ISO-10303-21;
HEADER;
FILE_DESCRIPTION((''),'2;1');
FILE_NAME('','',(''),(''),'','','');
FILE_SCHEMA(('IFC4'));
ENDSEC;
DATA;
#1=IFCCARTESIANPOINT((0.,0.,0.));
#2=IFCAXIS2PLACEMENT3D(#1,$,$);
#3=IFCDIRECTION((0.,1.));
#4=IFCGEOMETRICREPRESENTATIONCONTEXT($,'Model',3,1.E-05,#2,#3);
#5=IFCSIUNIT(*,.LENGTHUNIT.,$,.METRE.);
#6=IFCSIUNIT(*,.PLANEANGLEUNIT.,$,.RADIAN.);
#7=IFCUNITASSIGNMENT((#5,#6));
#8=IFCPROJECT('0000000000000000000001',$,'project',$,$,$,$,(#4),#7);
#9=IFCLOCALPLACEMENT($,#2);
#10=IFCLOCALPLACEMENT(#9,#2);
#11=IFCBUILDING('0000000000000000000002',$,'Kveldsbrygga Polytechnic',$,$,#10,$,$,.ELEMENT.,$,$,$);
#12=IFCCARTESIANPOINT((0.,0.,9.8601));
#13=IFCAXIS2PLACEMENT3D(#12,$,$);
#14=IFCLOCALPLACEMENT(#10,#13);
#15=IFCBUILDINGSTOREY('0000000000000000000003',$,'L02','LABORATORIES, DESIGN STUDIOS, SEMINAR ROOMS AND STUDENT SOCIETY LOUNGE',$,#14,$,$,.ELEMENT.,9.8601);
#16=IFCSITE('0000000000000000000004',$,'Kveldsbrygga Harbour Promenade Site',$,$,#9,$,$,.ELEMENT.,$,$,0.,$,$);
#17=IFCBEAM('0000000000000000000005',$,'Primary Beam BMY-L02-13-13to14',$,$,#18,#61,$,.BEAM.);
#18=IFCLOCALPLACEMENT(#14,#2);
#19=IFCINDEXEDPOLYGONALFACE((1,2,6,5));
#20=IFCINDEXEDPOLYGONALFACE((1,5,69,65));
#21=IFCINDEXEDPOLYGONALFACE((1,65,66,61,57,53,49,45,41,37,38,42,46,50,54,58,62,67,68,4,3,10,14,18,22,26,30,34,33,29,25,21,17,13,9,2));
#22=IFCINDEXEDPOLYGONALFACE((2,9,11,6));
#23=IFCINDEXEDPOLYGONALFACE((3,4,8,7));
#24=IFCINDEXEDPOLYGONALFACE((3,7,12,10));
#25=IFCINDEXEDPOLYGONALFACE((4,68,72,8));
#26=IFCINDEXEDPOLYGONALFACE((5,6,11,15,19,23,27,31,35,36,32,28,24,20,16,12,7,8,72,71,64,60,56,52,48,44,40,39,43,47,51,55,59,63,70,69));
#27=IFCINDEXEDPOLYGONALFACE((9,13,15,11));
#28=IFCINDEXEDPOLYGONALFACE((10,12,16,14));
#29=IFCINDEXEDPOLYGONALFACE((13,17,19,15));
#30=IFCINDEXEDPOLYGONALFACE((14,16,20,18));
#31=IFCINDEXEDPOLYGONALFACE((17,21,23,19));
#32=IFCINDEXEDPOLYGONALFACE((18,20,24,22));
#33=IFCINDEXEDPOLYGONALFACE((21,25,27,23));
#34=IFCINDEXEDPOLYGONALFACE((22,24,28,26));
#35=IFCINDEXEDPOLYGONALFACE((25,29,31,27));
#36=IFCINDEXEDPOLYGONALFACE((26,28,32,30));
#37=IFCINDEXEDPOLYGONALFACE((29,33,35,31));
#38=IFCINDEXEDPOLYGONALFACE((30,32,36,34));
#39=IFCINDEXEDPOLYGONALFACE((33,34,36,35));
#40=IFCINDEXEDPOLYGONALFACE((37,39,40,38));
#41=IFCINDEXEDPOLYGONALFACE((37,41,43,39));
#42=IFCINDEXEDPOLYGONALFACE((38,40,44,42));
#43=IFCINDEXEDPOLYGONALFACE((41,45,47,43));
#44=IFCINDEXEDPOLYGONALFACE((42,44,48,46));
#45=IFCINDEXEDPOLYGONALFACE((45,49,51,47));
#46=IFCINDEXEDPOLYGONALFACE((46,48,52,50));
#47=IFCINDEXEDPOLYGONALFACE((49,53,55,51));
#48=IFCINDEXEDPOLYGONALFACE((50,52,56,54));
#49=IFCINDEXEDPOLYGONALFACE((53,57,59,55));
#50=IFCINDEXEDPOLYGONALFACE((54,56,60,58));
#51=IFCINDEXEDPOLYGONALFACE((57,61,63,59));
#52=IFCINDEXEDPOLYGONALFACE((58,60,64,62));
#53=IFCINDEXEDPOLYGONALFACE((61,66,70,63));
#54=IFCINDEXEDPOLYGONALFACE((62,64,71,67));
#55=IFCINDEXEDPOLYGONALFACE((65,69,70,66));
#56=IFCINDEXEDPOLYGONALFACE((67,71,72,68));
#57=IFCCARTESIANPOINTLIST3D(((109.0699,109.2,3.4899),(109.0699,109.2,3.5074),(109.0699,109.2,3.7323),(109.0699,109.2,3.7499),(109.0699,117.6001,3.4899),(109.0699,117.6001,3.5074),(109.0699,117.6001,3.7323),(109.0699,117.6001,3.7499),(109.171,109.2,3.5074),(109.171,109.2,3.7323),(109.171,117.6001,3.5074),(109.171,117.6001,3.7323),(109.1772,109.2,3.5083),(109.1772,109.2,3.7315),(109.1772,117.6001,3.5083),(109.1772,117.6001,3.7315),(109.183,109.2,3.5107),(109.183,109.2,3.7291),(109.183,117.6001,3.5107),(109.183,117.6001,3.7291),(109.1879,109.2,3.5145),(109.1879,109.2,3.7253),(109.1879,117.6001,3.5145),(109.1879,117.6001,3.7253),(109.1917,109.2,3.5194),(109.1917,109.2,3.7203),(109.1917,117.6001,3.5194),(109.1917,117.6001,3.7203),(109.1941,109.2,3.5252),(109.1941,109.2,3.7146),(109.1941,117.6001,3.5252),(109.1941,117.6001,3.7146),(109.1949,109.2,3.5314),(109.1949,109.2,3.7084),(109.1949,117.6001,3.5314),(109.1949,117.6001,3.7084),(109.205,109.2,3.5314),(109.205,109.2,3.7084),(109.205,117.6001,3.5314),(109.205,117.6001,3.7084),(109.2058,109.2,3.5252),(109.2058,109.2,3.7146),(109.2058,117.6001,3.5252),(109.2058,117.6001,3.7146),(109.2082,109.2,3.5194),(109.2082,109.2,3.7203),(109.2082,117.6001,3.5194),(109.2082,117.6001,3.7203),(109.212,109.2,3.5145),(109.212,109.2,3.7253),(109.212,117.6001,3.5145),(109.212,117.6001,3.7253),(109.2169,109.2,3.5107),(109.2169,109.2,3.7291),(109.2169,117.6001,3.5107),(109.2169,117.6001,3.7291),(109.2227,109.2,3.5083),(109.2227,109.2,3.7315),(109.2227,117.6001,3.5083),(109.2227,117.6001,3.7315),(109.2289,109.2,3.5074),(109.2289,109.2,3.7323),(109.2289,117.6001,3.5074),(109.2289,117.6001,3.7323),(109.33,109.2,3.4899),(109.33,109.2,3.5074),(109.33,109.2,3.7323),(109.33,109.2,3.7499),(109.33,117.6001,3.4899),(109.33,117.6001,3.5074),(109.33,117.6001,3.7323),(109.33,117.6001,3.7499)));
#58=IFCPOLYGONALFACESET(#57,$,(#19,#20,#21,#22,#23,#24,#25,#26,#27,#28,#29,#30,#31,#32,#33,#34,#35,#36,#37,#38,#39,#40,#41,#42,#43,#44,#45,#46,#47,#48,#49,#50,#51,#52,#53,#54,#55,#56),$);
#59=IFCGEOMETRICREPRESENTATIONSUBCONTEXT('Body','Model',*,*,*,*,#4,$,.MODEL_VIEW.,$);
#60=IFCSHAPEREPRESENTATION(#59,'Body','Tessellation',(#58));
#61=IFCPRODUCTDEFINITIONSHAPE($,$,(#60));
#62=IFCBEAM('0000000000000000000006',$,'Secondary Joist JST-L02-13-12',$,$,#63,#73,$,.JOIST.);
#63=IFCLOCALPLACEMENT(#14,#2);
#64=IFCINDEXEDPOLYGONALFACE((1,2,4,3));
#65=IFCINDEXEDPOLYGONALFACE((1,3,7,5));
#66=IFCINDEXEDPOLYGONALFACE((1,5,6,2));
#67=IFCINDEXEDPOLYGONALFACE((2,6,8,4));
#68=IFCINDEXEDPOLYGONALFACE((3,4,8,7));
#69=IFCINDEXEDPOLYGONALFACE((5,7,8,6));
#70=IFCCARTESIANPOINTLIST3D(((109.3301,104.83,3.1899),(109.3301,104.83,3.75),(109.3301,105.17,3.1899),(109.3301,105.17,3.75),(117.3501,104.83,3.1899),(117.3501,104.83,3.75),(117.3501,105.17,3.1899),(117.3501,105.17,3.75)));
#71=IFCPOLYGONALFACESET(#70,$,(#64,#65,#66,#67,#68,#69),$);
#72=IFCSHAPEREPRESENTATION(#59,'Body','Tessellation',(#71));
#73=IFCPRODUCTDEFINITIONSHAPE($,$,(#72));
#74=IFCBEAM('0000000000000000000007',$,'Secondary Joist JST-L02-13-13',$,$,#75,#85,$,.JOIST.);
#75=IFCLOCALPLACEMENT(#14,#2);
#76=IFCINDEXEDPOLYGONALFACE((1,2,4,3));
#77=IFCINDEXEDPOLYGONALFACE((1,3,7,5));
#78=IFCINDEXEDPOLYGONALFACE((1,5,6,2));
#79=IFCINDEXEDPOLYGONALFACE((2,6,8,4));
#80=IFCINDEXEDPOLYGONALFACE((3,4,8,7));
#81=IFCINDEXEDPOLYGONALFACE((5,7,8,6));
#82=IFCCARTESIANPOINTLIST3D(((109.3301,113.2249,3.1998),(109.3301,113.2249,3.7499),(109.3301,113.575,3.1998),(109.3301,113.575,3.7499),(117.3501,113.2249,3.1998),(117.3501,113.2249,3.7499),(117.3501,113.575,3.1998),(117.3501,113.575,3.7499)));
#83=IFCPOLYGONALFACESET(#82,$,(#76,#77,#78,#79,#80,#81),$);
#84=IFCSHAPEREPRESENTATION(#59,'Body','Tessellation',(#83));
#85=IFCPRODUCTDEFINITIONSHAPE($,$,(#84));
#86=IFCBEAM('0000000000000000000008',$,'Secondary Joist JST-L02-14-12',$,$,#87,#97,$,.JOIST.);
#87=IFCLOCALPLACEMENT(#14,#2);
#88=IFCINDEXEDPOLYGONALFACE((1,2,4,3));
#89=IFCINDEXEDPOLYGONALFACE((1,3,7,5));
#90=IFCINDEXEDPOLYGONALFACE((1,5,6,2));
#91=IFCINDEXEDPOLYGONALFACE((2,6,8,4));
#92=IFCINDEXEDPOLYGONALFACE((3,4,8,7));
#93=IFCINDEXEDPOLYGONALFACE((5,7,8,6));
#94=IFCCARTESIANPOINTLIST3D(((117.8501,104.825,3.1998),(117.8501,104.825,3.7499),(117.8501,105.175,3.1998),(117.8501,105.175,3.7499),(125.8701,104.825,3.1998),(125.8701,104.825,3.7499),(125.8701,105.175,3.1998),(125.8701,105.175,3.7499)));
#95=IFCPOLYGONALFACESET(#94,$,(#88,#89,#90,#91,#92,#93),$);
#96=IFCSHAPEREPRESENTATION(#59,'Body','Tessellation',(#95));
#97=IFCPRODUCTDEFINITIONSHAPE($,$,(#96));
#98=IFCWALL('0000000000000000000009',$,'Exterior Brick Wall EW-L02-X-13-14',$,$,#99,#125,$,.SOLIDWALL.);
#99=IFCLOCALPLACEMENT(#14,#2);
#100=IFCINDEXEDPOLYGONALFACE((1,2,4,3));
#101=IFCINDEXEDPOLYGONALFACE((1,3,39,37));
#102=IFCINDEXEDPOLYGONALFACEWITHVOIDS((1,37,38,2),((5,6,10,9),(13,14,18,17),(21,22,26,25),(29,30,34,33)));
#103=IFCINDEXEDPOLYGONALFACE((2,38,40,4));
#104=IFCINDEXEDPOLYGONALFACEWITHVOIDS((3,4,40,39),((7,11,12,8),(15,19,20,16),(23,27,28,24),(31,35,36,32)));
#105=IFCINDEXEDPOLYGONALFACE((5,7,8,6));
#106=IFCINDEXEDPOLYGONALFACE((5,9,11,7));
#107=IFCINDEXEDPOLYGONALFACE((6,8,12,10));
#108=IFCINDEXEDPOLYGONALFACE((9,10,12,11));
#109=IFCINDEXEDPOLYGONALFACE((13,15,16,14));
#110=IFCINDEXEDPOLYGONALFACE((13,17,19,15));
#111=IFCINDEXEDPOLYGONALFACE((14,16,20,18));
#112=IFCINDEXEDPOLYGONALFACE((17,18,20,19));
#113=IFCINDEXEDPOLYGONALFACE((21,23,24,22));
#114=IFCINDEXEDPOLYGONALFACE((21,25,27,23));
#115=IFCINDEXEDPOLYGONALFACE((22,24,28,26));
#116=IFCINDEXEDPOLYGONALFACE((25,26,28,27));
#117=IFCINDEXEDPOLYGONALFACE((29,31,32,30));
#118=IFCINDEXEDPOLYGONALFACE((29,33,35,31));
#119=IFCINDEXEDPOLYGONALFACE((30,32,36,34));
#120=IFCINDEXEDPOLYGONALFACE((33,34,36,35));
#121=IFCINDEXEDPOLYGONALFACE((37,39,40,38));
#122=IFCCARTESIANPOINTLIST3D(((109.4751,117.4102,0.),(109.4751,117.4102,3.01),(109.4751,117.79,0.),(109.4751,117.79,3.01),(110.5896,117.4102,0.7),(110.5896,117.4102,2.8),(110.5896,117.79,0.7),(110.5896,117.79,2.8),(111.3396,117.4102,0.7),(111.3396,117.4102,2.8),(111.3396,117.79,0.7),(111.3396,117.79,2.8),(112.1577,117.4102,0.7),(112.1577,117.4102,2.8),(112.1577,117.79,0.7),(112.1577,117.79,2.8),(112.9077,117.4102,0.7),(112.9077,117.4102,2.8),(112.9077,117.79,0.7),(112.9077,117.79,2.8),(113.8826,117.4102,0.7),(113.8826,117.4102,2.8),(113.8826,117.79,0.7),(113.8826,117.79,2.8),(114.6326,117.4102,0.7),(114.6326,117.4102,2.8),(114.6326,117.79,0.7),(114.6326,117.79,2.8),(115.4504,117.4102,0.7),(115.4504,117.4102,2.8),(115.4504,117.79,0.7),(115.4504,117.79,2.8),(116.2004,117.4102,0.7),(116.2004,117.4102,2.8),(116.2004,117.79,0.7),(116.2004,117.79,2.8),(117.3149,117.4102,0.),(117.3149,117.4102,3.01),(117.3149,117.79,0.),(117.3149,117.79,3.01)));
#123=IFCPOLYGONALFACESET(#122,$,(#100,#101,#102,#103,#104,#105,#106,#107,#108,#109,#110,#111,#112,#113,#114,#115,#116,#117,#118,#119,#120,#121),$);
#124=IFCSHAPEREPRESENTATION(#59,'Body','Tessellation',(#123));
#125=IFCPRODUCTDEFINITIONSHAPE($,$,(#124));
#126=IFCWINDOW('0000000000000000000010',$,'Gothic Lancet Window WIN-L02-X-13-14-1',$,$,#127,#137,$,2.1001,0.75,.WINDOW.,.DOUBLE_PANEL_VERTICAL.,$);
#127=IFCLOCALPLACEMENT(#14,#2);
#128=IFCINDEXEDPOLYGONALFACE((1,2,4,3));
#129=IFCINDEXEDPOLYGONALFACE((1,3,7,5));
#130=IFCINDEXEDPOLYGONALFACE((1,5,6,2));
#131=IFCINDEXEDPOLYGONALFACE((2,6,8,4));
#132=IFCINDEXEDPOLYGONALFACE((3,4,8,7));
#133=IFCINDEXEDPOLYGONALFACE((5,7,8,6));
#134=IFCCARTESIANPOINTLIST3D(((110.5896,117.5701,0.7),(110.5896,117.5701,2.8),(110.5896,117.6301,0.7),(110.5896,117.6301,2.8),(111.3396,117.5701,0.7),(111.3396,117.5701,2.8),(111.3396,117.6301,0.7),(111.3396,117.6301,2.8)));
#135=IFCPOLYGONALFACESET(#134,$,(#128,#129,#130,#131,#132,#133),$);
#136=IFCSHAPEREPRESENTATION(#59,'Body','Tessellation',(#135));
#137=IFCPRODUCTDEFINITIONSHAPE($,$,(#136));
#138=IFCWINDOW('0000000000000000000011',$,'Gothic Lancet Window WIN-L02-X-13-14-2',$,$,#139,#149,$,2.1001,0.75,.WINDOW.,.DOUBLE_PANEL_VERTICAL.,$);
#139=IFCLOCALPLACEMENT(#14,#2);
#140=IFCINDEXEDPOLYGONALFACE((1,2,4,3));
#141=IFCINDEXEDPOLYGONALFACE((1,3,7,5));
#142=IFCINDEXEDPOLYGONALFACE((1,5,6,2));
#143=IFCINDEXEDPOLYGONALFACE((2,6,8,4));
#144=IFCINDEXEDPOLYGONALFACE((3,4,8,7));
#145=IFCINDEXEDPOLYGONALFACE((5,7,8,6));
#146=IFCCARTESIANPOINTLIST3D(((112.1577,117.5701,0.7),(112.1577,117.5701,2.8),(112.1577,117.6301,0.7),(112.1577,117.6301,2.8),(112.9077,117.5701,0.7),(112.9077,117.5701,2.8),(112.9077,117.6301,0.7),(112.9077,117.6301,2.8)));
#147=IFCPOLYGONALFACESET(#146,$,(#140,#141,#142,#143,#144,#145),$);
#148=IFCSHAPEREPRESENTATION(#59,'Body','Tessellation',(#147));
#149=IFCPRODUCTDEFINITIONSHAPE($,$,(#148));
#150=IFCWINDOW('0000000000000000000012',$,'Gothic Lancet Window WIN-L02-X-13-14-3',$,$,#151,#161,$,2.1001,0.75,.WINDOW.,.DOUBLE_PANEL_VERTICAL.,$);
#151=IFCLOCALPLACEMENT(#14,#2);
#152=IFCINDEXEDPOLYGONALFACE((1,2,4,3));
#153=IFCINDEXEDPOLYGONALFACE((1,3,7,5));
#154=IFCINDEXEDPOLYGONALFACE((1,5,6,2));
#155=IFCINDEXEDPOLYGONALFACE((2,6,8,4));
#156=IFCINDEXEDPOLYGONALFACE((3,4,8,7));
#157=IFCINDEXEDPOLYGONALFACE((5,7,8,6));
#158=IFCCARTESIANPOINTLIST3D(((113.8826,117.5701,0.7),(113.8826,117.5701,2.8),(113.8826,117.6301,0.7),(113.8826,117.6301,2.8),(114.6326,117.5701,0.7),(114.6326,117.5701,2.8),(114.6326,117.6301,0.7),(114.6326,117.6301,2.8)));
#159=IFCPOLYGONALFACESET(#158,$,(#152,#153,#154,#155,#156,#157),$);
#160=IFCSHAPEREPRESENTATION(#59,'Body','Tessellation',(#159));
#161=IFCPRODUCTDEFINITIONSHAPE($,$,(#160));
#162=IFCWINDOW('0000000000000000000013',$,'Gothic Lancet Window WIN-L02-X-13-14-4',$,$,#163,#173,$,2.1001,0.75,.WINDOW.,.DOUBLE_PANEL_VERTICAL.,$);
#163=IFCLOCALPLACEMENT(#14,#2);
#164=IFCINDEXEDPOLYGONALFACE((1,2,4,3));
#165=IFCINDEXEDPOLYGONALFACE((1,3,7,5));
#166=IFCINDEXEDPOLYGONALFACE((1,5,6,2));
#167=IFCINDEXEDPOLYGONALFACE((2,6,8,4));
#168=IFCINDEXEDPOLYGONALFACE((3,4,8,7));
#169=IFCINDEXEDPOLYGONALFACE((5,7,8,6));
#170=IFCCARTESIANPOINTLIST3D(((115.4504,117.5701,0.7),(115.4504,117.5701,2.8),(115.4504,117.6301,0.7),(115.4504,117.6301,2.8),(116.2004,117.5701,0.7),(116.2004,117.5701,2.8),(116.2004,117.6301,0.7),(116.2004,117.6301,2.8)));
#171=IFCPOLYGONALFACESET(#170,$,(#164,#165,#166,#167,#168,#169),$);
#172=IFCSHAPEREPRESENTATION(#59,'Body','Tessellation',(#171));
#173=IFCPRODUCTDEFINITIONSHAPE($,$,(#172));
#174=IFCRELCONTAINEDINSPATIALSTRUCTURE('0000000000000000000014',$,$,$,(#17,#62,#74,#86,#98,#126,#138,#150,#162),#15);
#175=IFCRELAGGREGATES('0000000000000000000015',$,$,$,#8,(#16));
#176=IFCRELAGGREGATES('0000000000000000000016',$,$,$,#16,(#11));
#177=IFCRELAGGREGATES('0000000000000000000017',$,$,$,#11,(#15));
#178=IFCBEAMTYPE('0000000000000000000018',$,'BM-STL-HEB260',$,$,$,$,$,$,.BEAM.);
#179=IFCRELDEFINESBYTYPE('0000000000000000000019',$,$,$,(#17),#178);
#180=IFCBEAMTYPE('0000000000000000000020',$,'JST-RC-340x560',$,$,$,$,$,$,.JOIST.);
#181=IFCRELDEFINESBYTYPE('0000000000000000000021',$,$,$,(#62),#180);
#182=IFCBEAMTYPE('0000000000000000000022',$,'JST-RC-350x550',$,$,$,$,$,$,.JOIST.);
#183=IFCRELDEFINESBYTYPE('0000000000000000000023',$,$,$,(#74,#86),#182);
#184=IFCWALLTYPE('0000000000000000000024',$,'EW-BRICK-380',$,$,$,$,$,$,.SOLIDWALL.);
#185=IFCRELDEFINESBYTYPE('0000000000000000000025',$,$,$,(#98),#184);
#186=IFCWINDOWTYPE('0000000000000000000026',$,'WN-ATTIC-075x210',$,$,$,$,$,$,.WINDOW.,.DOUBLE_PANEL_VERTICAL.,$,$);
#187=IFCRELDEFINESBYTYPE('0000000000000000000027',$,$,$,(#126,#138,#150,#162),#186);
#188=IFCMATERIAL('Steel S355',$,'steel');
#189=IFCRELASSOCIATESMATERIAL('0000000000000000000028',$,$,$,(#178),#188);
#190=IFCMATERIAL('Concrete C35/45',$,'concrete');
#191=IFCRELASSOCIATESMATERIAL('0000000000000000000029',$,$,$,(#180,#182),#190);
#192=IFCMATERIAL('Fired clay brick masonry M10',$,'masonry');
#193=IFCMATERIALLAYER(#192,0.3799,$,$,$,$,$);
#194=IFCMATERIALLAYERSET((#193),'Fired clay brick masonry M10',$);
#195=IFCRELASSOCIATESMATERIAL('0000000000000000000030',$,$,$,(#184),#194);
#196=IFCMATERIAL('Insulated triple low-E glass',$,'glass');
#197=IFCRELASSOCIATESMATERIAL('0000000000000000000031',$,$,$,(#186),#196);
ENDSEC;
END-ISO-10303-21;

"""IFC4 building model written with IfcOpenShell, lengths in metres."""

from ifc_helpers import new_model, si_unit, direction, frame, frame_2d, origin, origin_2d, place, context, subcontext, project, spatial, rectangle, i_section, extrude, material, layer, layer_set, material_profile, profile_set, type_object, element, fill, save


model = new_model("IFC4")

# Units and contexts
model_context = context("Model", 3, precision=1e-05, world=origin(), true_north=direction((0.0, 1.0)))
body_context = subcontext(model_context, "Body", "Model", "MODEL_VIEW")
ifc_project = project(units=[si_unit("LENGTHUNIT", "METRE"), si_unit("PLANEANGLEUNIT", "RADIAN")], contexts=[model_context])

# Site, building, storey
site_placement = place(None, origin())
site = spatial("IfcSite", under=ifc_project, at=site_placement, Name="Kveldsbrygga Harbour Promenade Site", CompositionType="ELEMENT", RefElevation=0.0)
building_placement = place(site_placement, origin())
building = spatial("IfcBuilding", under=site, at=building_placement, Name="Kveldsbrygga Polytechnic", CompositionType="ELEMENT")
storey_placement = place(building_placement, frame((0.0, 0.0, 9.8601)))
storey = spatial("IfcBuildingStorey", under=building, at=storey_placement, Name="L02", Description="LABORATORIES, DESIGN STUDIOS, SEMINAR ROOMS AND STUDENT SOCIETY LOUNGE", CompositionType="ELEMENT", Elevation=9.8601)

# Beams
ifc_material_1 = material(Name="Concrete C35/45", Category="concrete")
ifc_material_2 = material(Name="Steel S355", Category="steel")
ifc_material_profile_1 = material_profile(ifc_material_2, i_section(OverallWidth=0.26, OverallDepth=0.26, WebThickness=0.01, FlangeThickness=0.0176, FilletRadius=0.0239, at=origin_2d()), Name="HEB 260")
ifc_profile_set_1 = profile_set([ifc_material_profile_1], Name="Steel S355")
beam_type_1 = type_object("IfcBeamType", Name="BM-STL-HEB260", PredefinedType="BEAM", material=ifc_profile_set_1)
beam_1_placement = place(storey_placement, frame((109.2, 109.2, 3.6199), z_axis=(0.0, 1.0, 0.0), x_axis=(-1.0, 0.0, 0.0)))
element("IfcBeam", 1, at=beam_1_placement, inside=storey, type_object=beam_type_1, Name="Primary Beam BMY-L02-13-13to14", PredefinedType="BEAM", context=body_context, shape_type="SweptSolid", body=[
    extrude(i_section(OverallWidth=0.26, OverallDepth=0.26, WebThickness=0.01, FlangeThickness=0.0176, FilletRadius=0.0239, at=origin_2d()), origin(), (0.0, 0.0, 1.0), 8.4001),
])
ifc_material_profile_2 = material_profile(ifc_material_1, rectangle(XDim=0.3401, YDim=0.5601, at=origin_2d()), Name="RC 340x560")
ifc_profile_set_2 = profile_set([ifc_material_profile_2], Name="Concrete C35/45")
beam_type_2 = type_object("IfcBeamType", Name="JST-RC-340x560", PredefinedType="JOIST", material=ifc_profile_set_2)
beam_2_placement = place(storey_placement, frame((109.3301, 105.0, 3.47), z_axis=(1.0, 0.0, 0.0), x_axis=(0.0, 1.0, 0.0)))
element("IfcBeam", 2, at=beam_2_placement, inside=storey, type_object=beam_type_2, Name="Secondary Joist JST-L02-13-12", PredefinedType="JOIST", context=body_context, shape_type="SweptSolid", body=[
    extrude(rectangle(XDim=0.3401, YDim=0.5601, at=origin_2d()), origin(), (0.0, 0.0, 1.0), 8.02),
])
ifc_material_profile_3 = material_profile(ifc_material_1, rectangle(XDim=0.3501, YDim=0.55, at=origin_2d()), Name="RC 350x550")
ifc_profile_set_3 = profile_set([ifc_material_profile_3], Name="Concrete C35/45")
beam_type_3 = type_object("IfcBeamType", Name="JST-RC-350x550", PredefinedType="JOIST", material=ifc_profile_set_3)
for number, where, z_axis, x_axis, name in (
    (3, (109.3301, 113.3999, 3.4749), (1.0, 0.0, 0.0), (0.0, 1.0, 0.0), "Secondary Joist JST-L02-13-13"),
    (4, (117.8501, 105.0, 3.4749), (1.0, 0.0, 0.0), (0.0, 1.0, 0.0), "Secondary Joist JST-L02-14-12"),
):
    element("IfcBeam", number, at=place(storey_placement, frame(where, z_axis=z_axis, x_axis=x_axis)), inside=storey, type_object=beam_type_3, Name=name, PredefinedType="JOIST", context=body_context, shape_type="SweptSolid", body=[
        extrude(rectangle(XDim=0.3501, YDim=0.55, at=origin_2d()), origin(), (0.0, 0.0, 1.0), 8.02),
    ])

# Wall, openings, windows
ifc_material_3 = material(Name="Fired clay brick masonry M10", Category="masonry")
ifc_layer_1 = layer(ifc_material_3, 0.3799)
ifc_layer_set_1 = layer_set([ifc_layer_1], Name="Fired clay brick masonry M10")
wall_type_1 = type_object("IfcWallType", Name="EW-BRICK-380", PredefinedType="SOLIDWALL", material=ifc_layer_set_1)
wall_placement = place(storey_placement, frame((109.4751, 117.6001, 0.0), z_axis=(0.0, 0.0, 1.0), x_axis=(1.0, 0.0, 0.0)))
wall = element("IfcWall", 5, at=wall_placement, inside=storey, type_object=wall_type_1, Name="Exterior Brick Wall EW-L02-X-13-14", PredefinedType="SOLIDWALL", context=body_context, shape_type="SweptSolid", body=[
    extrude(rectangle(XDim=7.8398, YDim=0.3799, at=frame_2d((3.9199, 0.0))), origin(), (0.0, 0.0, 1.0), 3.01),
])
opening_1_placement = place(wall_placement, frame((1.1145, 0.0, 0.7)))
opening_1 = element("IfcOpeningElement", 6, at=opening_1_placement, cuts=wall, PredefinedType="OPENING", context=body_context, shape_type="SweptSolid", body=[
    extrude(rectangle(XDim=0.75, YDim=2.1001, at=frame_2d((0.375, 1.05))), frame((0.0, 0.2, 0.0), z_axis=(0.0, -1.0, 0.0), x_axis=(1.0, 0.0, 0.0)), (0.0, 0.0, 1.0), 0.3999),
])
opening_2_placement = place(wall_placement, frame((2.6826, 0.0, 0.7)))
opening_2 = element("IfcOpeningElement", 7, at=opening_2_placement, cuts=wall, PredefinedType="OPENING", context=body_context, shape_type="SweptSolid", body=[
    extrude(rectangle(XDim=0.75, YDim=2.1001, at=frame_2d((0.375, 1.05))), frame((0.0, 0.2, 0.0), z_axis=(0.0, -1.0, 0.0), x_axis=(1.0, 0.0, 0.0)), (0.0, 0.0, 1.0), 0.3999),
])
opening_3_placement = place(wall_placement, frame((4.4075, 0.0, 0.7)))
opening_3 = element("IfcOpeningElement", 8, at=opening_3_placement, cuts=wall, PredefinedType="OPENING", context=body_context, shape_type="SweptSolid", body=[
    extrude(rectangle(XDim=0.75, YDim=2.1001, at=frame_2d((0.375, 1.05))), frame((0.0, 0.2, 0.0), z_axis=(0.0, -1.0, 0.0), x_axis=(1.0, 0.0, 0.0)), (0.0, 0.0, 1.0), 0.3999),
])
opening_4_placement = place(wall_placement, frame((5.9753, 0.0, 0.7)))
opening_4 = element("IfcOpeningElement", 9, at=opening_4_placement, cuts=wall, PredefinedType="OPENING", context=body_context, shape_type="SweptSolid", body=[
    extrude(rectangle(XDim=0.75, YDim=2.1001, at=frame_2d((0.375, 1.05))), frame((0.0, 0.2, 0.0), z_axis=(0.0, -1.0, 0.0), x_axis=(1.0, 0.0, 0.0)), (0.0, 0.0, 1.0), 0.3999),
])
ifc_material_4 = material(Name="Insulated triple low-E glass", Category="glass")
window_type = type_object("IfcWindowType", Name="WN-ATTIC-075x210", PartitioningType="DOUBLE_PANEL_VERTICAL", PredefinedType="WINDOW", material=ifc_material_4)
window_1_placement = place(opening_1_placement, origin())
window_1 = element("IfcWindow", 10, at=window_1_placement, inside=storey, type_object=window_type, Name="Gothic Lancet Window WIN-L02-X-13-14-1", OverallHeight=2.1001, OverallWidth=0.75, PartitioningType="DOUBLE_PANEL_VERTICAL", PredefinedType="WINDOW", context=body_context, shape_type="SweptSolid", body=[
    extrude(rectangle(XDim=0.75, YDim=2.1001, at=frame_2d((0.375, 1.05))), frame((0.0, 0.03, 0.0), z_axis=(0.0, -1.0, 0.0), x_axis=(1.0, 0.0, 0.0)), (0.0, 0.0, 1.0), 0.0601),
])
fill(opening_1, window_1)
window_2_placement = place(opening_2_placement, origin())
window_2 = element("IfcWindow", 11, at=window_2_placement, inside=storey, type_object=window_type, Name="Gothic Lancet Window WIN-L02-X-13-14-2", OverallHeight=2.1001, OverallWidth=0.75, PartitioningType="DOUBLE_PANEL_VERTICAL", PredefinedType="WINDOW", context=body_context, shape_type="SweptSolid", body=[
    extrude(rectangle(XDim=0.75, YDim=2.1001, at=frame_2d((0.375, 1.05))), frame((0.0, 0.03, 0.0), z_axis=(0.0, -1.0, 0.0), x_axis=(1.0, 0.0, 0.0)), (0.0, 0.0, 1.0), 0.0601),
])
fill(opening_2, window_2)
window_3_placement = place(opening_3_placement, origin())
window_3 = element("IfcWindow", 12, at=window_3_placement, inside=storey, type_object=window_type, Name="Gothic Lancet Window WIN-L02-X-13-14-3", OverallHeight=2.1001, OverallWidth=0.75, PartitioningType="DOUBLE_PANEL_VERTICAL", PredefinedType="WINDOW", context=body_context, shape_type="SweptSolid", body=[
    extrude(rectangle(XDim=0.75, YDim=2.1001, at=frame_2d((0.375, 1.05))), frame((0.0, 0.03, 0.0), z_axis=(0.0, -1.0, 0.0), x_axis=(1.0, 0.0, 0.0)), (0.0, 0.0, 1.0), 0.0601),
])
fill(opening_3, window_3)
window_4_placement = place(opening_4_placement, origin())
window_4 = element("IfcWindow", 13, at=window_4_placement, inside=storey, type_object=window_type, Name="Gothic Lancet Window WIN-L02-X-13-14-4", OverallHeight=2.1001, OverallWidth=0.75, PartitioningType="DOUBLE_PANEL_VERTICAL", PredefinedType="WINDOW", context=body_context, shape_type="SweptSolid", body=[
    extrude(rectangle(XDim=0.75, YDim=2.1001, at=frame_2d((0.375, 1.05))), frame((0.0, 0.03, 0.0), z_axis=(0.0, -1.0, 0.0), x_axis=(1.0, 0.0, 0.0)), (0.0, 0.0, 1.0), 0.0601),
])
fill(opening_4, window_4)

save(model, "model.ifc")
